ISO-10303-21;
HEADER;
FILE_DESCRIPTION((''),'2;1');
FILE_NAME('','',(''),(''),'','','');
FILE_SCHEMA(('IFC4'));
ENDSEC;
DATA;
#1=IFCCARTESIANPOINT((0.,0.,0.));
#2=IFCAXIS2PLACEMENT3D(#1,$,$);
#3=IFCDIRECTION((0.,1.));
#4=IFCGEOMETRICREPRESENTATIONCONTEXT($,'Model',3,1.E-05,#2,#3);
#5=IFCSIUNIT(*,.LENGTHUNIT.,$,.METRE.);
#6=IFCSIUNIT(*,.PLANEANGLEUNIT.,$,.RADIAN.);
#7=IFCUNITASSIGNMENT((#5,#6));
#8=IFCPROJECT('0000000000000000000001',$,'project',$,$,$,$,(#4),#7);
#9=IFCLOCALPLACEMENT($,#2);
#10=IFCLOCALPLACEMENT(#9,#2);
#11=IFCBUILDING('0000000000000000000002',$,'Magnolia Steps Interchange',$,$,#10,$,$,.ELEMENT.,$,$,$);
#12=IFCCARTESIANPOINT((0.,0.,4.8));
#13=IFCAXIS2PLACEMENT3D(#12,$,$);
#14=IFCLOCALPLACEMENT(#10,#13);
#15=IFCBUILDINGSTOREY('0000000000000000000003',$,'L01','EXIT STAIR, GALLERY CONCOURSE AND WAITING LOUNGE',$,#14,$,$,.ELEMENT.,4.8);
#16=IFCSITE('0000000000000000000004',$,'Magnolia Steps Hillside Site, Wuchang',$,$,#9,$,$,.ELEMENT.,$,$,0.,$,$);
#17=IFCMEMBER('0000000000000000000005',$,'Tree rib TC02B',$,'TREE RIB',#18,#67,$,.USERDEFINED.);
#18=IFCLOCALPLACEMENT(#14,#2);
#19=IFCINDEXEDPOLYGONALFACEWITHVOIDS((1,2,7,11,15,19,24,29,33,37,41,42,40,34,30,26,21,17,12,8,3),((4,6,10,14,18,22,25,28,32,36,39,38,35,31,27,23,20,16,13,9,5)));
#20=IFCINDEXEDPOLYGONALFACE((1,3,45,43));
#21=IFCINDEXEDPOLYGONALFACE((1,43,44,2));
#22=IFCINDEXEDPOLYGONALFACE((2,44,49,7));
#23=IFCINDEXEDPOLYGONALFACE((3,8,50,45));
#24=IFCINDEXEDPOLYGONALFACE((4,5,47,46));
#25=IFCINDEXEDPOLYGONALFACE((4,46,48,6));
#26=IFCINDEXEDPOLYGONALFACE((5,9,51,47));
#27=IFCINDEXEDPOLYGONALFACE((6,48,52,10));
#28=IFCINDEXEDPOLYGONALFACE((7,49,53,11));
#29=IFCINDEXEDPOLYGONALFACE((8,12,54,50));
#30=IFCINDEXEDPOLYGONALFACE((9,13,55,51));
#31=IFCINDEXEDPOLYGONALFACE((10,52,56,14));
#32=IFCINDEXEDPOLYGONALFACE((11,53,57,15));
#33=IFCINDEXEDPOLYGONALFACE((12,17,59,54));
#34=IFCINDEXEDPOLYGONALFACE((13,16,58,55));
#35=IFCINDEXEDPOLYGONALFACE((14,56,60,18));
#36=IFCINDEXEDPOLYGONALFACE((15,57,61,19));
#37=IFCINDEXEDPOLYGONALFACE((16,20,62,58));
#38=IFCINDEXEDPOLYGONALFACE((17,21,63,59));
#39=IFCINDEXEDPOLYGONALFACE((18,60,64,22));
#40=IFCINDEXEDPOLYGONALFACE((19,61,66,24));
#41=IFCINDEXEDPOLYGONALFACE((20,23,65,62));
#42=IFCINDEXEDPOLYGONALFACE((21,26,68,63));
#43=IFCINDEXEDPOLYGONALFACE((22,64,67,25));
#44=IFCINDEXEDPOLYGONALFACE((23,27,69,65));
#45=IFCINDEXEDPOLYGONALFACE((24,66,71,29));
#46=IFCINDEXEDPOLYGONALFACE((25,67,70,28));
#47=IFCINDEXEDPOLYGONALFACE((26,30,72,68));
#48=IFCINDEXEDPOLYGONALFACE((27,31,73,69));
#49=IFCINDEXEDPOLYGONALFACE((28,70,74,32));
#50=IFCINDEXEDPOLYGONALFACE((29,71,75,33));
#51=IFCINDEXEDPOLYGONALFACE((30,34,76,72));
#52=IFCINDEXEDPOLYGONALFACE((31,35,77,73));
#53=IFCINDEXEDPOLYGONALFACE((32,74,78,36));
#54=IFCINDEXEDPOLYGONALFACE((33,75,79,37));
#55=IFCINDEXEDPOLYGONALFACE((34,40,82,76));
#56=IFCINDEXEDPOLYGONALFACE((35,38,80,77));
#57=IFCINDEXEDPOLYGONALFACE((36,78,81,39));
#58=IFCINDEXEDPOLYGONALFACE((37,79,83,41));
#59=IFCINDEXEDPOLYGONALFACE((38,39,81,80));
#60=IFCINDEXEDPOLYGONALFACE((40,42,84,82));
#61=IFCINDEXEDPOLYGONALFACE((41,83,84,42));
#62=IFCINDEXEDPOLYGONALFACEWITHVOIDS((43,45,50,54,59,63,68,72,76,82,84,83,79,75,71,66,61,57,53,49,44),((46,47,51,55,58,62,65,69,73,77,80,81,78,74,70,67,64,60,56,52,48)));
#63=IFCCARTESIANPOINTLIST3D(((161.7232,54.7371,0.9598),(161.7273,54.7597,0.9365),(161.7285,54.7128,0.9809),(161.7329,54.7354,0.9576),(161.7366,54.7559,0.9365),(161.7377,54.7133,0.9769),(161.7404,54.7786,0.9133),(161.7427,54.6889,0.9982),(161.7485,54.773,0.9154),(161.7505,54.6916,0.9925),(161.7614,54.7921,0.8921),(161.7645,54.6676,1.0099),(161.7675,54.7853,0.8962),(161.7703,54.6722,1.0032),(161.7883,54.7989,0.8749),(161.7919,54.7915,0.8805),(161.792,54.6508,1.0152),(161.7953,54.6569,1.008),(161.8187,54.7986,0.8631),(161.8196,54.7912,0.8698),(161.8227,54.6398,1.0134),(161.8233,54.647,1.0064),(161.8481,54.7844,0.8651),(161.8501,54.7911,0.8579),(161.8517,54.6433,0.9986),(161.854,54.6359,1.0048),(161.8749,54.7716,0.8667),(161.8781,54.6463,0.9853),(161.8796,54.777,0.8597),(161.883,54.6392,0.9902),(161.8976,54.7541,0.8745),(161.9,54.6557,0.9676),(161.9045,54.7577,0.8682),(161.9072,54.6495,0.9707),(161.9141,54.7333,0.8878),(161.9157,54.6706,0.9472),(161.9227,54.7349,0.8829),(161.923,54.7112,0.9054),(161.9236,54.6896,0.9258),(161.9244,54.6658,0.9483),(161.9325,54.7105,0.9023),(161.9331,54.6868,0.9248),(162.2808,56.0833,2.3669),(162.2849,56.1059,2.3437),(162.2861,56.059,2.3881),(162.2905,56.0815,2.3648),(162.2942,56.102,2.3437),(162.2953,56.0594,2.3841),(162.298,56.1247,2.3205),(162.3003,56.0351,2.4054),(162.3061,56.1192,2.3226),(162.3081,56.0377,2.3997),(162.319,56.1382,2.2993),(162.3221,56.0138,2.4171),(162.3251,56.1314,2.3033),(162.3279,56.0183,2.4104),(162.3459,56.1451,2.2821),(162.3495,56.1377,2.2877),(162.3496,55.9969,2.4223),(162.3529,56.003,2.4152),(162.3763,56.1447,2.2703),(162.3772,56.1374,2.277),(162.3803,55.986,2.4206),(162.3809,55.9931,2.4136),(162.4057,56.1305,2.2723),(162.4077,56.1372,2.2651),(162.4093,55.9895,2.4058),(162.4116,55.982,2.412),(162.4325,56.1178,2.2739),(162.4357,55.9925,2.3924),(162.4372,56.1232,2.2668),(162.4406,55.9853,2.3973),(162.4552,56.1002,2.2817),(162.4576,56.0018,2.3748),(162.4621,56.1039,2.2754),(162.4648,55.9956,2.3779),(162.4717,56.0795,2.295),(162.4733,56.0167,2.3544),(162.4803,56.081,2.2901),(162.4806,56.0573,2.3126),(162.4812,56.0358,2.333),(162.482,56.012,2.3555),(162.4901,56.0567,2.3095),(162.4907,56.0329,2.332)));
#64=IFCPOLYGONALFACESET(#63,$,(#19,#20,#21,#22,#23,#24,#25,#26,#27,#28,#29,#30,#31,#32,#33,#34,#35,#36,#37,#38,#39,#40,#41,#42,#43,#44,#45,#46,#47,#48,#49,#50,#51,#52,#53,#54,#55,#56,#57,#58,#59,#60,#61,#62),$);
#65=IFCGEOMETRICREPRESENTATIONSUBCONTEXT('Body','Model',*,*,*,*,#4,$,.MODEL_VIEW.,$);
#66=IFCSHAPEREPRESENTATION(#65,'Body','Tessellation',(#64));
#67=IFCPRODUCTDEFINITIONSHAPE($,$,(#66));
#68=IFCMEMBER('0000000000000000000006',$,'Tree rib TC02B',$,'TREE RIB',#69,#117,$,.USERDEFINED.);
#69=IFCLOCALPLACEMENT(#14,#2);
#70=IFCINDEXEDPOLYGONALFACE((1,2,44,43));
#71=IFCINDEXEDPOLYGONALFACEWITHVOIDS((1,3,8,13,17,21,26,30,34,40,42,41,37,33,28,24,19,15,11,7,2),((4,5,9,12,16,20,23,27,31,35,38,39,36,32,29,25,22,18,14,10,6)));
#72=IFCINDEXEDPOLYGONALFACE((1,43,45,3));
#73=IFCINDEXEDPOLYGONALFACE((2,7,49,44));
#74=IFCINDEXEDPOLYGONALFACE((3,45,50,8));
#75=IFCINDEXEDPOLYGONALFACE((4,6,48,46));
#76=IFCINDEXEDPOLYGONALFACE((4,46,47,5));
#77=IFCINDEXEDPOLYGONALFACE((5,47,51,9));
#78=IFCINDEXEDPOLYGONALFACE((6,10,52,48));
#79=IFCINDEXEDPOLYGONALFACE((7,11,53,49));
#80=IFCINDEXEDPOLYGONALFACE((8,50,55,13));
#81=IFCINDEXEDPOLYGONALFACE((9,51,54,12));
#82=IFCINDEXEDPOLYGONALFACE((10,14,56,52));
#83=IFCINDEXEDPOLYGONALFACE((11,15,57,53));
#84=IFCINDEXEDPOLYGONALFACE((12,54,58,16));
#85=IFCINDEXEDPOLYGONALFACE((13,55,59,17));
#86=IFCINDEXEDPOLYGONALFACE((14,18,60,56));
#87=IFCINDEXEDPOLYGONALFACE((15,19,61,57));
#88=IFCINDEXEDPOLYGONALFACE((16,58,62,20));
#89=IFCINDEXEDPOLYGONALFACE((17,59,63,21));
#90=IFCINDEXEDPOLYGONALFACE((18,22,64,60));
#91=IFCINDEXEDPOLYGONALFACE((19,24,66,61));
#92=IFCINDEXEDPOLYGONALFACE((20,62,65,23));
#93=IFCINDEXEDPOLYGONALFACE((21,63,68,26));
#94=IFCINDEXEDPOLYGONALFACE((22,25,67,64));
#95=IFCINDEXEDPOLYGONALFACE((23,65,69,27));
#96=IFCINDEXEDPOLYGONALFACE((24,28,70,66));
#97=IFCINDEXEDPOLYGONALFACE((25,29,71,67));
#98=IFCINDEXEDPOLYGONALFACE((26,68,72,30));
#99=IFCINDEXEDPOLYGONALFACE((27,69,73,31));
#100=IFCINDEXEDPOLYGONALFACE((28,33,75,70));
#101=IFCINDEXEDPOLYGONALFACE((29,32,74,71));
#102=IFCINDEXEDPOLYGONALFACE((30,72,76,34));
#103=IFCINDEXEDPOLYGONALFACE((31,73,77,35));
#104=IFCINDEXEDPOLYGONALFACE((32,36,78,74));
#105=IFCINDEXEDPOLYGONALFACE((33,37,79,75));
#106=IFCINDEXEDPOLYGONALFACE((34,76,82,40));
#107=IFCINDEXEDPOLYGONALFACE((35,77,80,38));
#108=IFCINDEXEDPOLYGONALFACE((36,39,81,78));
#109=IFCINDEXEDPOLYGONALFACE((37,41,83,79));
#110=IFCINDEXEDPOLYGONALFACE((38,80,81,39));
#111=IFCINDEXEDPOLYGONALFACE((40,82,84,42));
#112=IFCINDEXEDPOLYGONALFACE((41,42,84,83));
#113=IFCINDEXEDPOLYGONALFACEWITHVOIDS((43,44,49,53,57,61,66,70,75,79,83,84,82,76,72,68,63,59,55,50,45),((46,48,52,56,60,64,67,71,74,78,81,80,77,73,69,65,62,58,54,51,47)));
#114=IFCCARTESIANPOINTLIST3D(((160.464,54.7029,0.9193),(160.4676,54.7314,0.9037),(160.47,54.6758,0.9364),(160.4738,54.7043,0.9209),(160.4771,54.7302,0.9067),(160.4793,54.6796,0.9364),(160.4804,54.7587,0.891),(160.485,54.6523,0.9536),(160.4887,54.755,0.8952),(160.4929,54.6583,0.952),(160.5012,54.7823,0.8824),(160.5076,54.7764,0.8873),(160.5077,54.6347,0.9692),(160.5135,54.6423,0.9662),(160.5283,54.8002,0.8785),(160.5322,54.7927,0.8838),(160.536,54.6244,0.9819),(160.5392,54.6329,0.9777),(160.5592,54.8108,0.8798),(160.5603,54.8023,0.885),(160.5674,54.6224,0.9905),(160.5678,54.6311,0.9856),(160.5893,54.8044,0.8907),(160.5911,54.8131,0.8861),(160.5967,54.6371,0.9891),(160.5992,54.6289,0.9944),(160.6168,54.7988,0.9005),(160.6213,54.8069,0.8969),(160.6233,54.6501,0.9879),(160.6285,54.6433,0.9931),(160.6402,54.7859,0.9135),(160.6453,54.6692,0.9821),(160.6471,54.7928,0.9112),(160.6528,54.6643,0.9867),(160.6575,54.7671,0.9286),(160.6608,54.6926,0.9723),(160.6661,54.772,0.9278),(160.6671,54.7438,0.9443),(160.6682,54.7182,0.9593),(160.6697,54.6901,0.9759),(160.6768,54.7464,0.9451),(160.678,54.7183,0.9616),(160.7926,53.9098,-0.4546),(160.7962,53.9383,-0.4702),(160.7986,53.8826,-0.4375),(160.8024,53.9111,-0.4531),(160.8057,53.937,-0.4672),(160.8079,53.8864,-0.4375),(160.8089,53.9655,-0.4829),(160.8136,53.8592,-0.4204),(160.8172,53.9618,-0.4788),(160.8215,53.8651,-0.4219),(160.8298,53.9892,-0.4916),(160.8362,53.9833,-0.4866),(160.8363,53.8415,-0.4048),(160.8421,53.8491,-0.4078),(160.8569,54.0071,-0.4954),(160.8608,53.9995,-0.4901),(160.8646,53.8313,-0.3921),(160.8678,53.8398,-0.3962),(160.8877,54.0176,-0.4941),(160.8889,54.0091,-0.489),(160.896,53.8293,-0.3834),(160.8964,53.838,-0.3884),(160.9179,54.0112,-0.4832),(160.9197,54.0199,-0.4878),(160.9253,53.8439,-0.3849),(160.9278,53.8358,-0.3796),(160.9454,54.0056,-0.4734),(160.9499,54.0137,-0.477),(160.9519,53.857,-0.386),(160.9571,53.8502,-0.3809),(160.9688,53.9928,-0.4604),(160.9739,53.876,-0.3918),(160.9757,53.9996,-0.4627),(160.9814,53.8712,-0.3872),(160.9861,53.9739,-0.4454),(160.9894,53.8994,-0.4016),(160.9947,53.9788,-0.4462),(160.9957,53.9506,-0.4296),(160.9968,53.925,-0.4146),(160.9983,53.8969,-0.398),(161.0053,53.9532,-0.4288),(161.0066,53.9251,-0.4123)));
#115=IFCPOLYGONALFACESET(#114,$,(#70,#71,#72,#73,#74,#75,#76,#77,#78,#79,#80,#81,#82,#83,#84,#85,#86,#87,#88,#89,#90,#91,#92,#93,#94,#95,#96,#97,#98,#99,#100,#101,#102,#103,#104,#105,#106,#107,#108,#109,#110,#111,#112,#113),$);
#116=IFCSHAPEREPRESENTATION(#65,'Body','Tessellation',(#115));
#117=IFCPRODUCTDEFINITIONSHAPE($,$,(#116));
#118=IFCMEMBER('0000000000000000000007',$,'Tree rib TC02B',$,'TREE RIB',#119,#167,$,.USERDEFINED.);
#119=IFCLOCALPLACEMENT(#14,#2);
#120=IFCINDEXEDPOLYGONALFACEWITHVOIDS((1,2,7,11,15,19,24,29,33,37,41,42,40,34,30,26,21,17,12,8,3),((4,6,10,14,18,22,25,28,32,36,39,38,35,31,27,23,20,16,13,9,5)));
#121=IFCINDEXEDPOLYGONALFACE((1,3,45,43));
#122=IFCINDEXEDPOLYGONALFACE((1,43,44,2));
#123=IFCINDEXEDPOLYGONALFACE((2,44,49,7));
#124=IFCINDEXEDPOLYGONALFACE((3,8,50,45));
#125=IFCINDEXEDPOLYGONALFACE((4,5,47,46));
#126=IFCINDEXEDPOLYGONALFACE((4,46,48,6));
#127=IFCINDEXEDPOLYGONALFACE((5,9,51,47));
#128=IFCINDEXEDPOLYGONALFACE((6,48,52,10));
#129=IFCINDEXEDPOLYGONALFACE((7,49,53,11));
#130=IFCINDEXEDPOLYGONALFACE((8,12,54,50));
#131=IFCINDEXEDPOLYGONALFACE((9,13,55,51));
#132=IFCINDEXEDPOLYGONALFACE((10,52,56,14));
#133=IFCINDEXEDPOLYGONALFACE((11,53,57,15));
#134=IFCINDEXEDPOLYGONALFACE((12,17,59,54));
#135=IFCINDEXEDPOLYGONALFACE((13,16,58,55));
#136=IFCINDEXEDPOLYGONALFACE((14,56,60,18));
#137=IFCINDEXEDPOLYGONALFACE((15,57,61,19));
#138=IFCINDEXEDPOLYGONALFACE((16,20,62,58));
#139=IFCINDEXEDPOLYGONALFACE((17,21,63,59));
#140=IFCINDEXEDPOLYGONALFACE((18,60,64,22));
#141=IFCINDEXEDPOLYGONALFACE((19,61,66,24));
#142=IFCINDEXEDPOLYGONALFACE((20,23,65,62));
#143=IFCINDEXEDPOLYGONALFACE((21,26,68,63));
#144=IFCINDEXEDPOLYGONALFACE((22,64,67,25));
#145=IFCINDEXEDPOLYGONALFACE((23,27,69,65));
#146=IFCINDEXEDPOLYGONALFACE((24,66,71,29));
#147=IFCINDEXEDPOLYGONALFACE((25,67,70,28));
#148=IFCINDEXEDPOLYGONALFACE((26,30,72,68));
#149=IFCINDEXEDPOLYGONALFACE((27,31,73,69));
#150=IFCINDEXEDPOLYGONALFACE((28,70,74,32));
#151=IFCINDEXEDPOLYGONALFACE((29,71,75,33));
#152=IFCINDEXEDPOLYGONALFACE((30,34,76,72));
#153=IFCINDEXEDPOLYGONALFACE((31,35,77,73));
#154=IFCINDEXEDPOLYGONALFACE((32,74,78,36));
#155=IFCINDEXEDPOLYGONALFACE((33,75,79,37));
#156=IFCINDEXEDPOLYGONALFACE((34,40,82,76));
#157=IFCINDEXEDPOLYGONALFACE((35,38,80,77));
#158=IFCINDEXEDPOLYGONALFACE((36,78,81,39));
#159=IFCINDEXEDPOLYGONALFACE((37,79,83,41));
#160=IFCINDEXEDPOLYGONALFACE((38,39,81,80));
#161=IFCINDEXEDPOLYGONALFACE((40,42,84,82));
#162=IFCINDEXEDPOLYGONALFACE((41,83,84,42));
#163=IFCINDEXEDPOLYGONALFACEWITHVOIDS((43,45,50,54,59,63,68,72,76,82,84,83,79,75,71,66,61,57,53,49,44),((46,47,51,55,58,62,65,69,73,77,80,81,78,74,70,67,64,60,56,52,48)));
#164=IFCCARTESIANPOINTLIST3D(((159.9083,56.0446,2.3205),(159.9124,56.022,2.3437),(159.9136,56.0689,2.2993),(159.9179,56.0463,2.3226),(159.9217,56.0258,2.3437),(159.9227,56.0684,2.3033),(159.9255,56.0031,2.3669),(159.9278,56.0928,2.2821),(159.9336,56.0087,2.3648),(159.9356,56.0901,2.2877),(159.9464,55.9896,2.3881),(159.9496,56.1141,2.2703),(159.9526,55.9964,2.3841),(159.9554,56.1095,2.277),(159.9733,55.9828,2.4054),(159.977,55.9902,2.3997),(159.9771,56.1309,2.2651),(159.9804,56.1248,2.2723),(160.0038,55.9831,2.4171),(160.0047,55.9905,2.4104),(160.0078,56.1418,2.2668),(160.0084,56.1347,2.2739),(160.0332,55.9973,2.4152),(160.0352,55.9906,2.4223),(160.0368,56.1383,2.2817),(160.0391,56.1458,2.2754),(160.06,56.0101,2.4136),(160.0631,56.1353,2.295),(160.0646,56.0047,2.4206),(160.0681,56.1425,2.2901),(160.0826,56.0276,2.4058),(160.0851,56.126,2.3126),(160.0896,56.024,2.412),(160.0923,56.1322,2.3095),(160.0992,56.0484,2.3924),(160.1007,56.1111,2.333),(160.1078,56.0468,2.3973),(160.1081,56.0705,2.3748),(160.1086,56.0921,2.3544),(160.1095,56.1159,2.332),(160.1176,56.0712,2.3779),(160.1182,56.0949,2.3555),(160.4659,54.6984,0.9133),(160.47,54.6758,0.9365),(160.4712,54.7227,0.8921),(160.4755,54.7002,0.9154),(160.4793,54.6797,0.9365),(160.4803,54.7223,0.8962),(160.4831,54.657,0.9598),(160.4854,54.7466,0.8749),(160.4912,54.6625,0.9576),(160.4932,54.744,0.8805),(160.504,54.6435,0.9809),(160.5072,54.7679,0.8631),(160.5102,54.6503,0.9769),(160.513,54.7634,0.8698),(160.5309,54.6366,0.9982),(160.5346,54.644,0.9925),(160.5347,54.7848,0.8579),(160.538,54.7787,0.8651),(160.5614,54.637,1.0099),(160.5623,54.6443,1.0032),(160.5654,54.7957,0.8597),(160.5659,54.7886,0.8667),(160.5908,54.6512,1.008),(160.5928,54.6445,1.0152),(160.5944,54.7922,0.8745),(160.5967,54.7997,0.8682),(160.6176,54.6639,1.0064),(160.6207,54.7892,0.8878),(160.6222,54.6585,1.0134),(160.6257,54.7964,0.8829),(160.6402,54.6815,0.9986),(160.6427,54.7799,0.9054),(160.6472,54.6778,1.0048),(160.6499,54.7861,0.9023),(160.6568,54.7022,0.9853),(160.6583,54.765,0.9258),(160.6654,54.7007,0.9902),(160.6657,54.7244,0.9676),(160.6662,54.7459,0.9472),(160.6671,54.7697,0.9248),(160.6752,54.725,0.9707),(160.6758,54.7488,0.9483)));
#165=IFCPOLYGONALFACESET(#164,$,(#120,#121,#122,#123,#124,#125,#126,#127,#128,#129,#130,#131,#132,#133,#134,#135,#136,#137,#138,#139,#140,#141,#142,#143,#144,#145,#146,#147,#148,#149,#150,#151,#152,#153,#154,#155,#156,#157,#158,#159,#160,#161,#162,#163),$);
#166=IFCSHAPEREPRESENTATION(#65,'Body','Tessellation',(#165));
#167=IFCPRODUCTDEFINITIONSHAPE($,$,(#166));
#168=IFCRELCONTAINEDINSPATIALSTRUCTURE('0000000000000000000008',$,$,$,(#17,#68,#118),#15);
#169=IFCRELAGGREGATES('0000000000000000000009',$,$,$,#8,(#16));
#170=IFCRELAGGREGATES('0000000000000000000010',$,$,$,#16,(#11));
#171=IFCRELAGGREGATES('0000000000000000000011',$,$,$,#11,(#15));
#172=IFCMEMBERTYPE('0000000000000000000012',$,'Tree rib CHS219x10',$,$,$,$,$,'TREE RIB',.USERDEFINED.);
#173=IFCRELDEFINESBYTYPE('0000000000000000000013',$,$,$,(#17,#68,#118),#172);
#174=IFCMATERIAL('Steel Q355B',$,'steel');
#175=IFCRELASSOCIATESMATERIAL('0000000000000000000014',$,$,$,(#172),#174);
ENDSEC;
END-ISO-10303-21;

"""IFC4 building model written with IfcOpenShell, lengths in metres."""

from ifc_helpers import new_model, si_unit, direction, frame, origin, origin_2d, place, context, subcontext, project, spatial, hollow_circle, extrude, material, material_profile, profile_set, type_object, element, save


model = new_model("IFC4")

# Units and contexts
model_context = context("Model", 3, precision=1e-05, world=origin(), true_north=direction((0.0, 1.0)))
body_context = subcontext(model_context, "Body", "Model", "MODEL_VIEW")
ifc_project = project(units=[si_unit("LENGTHUNIT", "METRE"), si_unit("PLANEANGLEUNIT", "RADIAN")], contexts=[model_context])

# Site, building, storey
site_placement = place(None, origin())
site = spatial("IfcSite", under=ifc_project, at=site_placement, Name="Magnolia Steps Hillside Site, Wuchang", CompositionType="ELEMENT", RefElevation=0.0)
building_placement = place(site_placement, origin())
building = spatial("IfcBuilding", under=site, at=building_placement, Name="Magnolia Steps Interchange", CompositionType="ELEMENT")
storey_placement = place(building_placement, frame((0.0, 0.0, 4.8)))
storey = spatial("IfcBuildingStorey", under=building, at=storey_placement, Name="L01", Description="EXIT STAIR, GALLERY CONCOURSE AND WAITING LOUNGE", CompositionType="ELEMENT", Elevation=4.8)

# Members
ifc_material_1 = material(Name="Steel Q355B", Category="steel")
ifc_material_profile_1 = material_profile(ifc_material_1, hollow_circle(Radius=0.1096, WallThickness=0.01, at=origin_2d()), Name="CHS219x10")
ifc_profile_set_1 = profile_set([ifc_material_profile_1], Name="Steel Q355B")
member_type = type_object("IfcMemberType", Name="Tree rib CHS219x10", ElementType="TREE RIB", PredefinedType="USERDEFINED", material=ifc_profile_set_1)
member_1_placement = place(storey_placement, frame((161.8286, 54.7178, 0.9365), z_axis=(0.275272, 0.664557, 0.694687), x_axis=(-0.923878, 0.382687, 0.0)))
element("IfcMember", 1, at=member_1_placement, inside=storey, type_object=member_type, Name="Tree rib TC02B", ObjectType="TREE RIB", PredefinedType="USERDEFINED", context=body_context, shape_type="SweptSolid", body=[
    extrude(hollow_circle(Radius=0.1096, WallThickness=0.01, at=origin_2d()), origin(), (0.0, 0.0, 1.0), 2.0256),
])
member_2_placement = place(storey_placement, frame((160.8999, 53.9246, -0.4375), z_axis=(-0.20282, 0.489571, 0.848047), x_axis=(-0.923857, -0.382737, 0.0)))
element("IfcMember", 2, at=member_2_placement, inside=storey, type_object=member_type, Name="Tree rib TC02B", ObjectType="TREE RIB", PredefinedType="USERDEFINED", context=body_context, shape_type="SweptSolid", body=[
    extrude(hollow_circle(Radius=0.1096, WallThickness=0.01, at=origin_2d()), origin(), (0.0, 0.0, 1.0), 1.6201),
])
member_3_placement = place(storey_placement, frame((160.5713, 54.7178, 0.9365), z_axis=(-0.275272, 0.664557, 0.694687), x_axis=(-0.923878, -0.382687, 0.0)))
element("IfcMember", 3, at=member_3_placement, inside=storey, type_object=member_type, Name="Tree rib TC02B", ObjectType="TREE RIB", PredefinedType="USERDEFINED", context=body_context, shape_type="SweptSolid", body=[
    extrude(hollow_circle(Radius=0.1096, WallThickness=0.01, at=origin_2d()), origin(), (0.0, 0.0, 1.0), 2.0256),
])

save(model, "model.ifc")
